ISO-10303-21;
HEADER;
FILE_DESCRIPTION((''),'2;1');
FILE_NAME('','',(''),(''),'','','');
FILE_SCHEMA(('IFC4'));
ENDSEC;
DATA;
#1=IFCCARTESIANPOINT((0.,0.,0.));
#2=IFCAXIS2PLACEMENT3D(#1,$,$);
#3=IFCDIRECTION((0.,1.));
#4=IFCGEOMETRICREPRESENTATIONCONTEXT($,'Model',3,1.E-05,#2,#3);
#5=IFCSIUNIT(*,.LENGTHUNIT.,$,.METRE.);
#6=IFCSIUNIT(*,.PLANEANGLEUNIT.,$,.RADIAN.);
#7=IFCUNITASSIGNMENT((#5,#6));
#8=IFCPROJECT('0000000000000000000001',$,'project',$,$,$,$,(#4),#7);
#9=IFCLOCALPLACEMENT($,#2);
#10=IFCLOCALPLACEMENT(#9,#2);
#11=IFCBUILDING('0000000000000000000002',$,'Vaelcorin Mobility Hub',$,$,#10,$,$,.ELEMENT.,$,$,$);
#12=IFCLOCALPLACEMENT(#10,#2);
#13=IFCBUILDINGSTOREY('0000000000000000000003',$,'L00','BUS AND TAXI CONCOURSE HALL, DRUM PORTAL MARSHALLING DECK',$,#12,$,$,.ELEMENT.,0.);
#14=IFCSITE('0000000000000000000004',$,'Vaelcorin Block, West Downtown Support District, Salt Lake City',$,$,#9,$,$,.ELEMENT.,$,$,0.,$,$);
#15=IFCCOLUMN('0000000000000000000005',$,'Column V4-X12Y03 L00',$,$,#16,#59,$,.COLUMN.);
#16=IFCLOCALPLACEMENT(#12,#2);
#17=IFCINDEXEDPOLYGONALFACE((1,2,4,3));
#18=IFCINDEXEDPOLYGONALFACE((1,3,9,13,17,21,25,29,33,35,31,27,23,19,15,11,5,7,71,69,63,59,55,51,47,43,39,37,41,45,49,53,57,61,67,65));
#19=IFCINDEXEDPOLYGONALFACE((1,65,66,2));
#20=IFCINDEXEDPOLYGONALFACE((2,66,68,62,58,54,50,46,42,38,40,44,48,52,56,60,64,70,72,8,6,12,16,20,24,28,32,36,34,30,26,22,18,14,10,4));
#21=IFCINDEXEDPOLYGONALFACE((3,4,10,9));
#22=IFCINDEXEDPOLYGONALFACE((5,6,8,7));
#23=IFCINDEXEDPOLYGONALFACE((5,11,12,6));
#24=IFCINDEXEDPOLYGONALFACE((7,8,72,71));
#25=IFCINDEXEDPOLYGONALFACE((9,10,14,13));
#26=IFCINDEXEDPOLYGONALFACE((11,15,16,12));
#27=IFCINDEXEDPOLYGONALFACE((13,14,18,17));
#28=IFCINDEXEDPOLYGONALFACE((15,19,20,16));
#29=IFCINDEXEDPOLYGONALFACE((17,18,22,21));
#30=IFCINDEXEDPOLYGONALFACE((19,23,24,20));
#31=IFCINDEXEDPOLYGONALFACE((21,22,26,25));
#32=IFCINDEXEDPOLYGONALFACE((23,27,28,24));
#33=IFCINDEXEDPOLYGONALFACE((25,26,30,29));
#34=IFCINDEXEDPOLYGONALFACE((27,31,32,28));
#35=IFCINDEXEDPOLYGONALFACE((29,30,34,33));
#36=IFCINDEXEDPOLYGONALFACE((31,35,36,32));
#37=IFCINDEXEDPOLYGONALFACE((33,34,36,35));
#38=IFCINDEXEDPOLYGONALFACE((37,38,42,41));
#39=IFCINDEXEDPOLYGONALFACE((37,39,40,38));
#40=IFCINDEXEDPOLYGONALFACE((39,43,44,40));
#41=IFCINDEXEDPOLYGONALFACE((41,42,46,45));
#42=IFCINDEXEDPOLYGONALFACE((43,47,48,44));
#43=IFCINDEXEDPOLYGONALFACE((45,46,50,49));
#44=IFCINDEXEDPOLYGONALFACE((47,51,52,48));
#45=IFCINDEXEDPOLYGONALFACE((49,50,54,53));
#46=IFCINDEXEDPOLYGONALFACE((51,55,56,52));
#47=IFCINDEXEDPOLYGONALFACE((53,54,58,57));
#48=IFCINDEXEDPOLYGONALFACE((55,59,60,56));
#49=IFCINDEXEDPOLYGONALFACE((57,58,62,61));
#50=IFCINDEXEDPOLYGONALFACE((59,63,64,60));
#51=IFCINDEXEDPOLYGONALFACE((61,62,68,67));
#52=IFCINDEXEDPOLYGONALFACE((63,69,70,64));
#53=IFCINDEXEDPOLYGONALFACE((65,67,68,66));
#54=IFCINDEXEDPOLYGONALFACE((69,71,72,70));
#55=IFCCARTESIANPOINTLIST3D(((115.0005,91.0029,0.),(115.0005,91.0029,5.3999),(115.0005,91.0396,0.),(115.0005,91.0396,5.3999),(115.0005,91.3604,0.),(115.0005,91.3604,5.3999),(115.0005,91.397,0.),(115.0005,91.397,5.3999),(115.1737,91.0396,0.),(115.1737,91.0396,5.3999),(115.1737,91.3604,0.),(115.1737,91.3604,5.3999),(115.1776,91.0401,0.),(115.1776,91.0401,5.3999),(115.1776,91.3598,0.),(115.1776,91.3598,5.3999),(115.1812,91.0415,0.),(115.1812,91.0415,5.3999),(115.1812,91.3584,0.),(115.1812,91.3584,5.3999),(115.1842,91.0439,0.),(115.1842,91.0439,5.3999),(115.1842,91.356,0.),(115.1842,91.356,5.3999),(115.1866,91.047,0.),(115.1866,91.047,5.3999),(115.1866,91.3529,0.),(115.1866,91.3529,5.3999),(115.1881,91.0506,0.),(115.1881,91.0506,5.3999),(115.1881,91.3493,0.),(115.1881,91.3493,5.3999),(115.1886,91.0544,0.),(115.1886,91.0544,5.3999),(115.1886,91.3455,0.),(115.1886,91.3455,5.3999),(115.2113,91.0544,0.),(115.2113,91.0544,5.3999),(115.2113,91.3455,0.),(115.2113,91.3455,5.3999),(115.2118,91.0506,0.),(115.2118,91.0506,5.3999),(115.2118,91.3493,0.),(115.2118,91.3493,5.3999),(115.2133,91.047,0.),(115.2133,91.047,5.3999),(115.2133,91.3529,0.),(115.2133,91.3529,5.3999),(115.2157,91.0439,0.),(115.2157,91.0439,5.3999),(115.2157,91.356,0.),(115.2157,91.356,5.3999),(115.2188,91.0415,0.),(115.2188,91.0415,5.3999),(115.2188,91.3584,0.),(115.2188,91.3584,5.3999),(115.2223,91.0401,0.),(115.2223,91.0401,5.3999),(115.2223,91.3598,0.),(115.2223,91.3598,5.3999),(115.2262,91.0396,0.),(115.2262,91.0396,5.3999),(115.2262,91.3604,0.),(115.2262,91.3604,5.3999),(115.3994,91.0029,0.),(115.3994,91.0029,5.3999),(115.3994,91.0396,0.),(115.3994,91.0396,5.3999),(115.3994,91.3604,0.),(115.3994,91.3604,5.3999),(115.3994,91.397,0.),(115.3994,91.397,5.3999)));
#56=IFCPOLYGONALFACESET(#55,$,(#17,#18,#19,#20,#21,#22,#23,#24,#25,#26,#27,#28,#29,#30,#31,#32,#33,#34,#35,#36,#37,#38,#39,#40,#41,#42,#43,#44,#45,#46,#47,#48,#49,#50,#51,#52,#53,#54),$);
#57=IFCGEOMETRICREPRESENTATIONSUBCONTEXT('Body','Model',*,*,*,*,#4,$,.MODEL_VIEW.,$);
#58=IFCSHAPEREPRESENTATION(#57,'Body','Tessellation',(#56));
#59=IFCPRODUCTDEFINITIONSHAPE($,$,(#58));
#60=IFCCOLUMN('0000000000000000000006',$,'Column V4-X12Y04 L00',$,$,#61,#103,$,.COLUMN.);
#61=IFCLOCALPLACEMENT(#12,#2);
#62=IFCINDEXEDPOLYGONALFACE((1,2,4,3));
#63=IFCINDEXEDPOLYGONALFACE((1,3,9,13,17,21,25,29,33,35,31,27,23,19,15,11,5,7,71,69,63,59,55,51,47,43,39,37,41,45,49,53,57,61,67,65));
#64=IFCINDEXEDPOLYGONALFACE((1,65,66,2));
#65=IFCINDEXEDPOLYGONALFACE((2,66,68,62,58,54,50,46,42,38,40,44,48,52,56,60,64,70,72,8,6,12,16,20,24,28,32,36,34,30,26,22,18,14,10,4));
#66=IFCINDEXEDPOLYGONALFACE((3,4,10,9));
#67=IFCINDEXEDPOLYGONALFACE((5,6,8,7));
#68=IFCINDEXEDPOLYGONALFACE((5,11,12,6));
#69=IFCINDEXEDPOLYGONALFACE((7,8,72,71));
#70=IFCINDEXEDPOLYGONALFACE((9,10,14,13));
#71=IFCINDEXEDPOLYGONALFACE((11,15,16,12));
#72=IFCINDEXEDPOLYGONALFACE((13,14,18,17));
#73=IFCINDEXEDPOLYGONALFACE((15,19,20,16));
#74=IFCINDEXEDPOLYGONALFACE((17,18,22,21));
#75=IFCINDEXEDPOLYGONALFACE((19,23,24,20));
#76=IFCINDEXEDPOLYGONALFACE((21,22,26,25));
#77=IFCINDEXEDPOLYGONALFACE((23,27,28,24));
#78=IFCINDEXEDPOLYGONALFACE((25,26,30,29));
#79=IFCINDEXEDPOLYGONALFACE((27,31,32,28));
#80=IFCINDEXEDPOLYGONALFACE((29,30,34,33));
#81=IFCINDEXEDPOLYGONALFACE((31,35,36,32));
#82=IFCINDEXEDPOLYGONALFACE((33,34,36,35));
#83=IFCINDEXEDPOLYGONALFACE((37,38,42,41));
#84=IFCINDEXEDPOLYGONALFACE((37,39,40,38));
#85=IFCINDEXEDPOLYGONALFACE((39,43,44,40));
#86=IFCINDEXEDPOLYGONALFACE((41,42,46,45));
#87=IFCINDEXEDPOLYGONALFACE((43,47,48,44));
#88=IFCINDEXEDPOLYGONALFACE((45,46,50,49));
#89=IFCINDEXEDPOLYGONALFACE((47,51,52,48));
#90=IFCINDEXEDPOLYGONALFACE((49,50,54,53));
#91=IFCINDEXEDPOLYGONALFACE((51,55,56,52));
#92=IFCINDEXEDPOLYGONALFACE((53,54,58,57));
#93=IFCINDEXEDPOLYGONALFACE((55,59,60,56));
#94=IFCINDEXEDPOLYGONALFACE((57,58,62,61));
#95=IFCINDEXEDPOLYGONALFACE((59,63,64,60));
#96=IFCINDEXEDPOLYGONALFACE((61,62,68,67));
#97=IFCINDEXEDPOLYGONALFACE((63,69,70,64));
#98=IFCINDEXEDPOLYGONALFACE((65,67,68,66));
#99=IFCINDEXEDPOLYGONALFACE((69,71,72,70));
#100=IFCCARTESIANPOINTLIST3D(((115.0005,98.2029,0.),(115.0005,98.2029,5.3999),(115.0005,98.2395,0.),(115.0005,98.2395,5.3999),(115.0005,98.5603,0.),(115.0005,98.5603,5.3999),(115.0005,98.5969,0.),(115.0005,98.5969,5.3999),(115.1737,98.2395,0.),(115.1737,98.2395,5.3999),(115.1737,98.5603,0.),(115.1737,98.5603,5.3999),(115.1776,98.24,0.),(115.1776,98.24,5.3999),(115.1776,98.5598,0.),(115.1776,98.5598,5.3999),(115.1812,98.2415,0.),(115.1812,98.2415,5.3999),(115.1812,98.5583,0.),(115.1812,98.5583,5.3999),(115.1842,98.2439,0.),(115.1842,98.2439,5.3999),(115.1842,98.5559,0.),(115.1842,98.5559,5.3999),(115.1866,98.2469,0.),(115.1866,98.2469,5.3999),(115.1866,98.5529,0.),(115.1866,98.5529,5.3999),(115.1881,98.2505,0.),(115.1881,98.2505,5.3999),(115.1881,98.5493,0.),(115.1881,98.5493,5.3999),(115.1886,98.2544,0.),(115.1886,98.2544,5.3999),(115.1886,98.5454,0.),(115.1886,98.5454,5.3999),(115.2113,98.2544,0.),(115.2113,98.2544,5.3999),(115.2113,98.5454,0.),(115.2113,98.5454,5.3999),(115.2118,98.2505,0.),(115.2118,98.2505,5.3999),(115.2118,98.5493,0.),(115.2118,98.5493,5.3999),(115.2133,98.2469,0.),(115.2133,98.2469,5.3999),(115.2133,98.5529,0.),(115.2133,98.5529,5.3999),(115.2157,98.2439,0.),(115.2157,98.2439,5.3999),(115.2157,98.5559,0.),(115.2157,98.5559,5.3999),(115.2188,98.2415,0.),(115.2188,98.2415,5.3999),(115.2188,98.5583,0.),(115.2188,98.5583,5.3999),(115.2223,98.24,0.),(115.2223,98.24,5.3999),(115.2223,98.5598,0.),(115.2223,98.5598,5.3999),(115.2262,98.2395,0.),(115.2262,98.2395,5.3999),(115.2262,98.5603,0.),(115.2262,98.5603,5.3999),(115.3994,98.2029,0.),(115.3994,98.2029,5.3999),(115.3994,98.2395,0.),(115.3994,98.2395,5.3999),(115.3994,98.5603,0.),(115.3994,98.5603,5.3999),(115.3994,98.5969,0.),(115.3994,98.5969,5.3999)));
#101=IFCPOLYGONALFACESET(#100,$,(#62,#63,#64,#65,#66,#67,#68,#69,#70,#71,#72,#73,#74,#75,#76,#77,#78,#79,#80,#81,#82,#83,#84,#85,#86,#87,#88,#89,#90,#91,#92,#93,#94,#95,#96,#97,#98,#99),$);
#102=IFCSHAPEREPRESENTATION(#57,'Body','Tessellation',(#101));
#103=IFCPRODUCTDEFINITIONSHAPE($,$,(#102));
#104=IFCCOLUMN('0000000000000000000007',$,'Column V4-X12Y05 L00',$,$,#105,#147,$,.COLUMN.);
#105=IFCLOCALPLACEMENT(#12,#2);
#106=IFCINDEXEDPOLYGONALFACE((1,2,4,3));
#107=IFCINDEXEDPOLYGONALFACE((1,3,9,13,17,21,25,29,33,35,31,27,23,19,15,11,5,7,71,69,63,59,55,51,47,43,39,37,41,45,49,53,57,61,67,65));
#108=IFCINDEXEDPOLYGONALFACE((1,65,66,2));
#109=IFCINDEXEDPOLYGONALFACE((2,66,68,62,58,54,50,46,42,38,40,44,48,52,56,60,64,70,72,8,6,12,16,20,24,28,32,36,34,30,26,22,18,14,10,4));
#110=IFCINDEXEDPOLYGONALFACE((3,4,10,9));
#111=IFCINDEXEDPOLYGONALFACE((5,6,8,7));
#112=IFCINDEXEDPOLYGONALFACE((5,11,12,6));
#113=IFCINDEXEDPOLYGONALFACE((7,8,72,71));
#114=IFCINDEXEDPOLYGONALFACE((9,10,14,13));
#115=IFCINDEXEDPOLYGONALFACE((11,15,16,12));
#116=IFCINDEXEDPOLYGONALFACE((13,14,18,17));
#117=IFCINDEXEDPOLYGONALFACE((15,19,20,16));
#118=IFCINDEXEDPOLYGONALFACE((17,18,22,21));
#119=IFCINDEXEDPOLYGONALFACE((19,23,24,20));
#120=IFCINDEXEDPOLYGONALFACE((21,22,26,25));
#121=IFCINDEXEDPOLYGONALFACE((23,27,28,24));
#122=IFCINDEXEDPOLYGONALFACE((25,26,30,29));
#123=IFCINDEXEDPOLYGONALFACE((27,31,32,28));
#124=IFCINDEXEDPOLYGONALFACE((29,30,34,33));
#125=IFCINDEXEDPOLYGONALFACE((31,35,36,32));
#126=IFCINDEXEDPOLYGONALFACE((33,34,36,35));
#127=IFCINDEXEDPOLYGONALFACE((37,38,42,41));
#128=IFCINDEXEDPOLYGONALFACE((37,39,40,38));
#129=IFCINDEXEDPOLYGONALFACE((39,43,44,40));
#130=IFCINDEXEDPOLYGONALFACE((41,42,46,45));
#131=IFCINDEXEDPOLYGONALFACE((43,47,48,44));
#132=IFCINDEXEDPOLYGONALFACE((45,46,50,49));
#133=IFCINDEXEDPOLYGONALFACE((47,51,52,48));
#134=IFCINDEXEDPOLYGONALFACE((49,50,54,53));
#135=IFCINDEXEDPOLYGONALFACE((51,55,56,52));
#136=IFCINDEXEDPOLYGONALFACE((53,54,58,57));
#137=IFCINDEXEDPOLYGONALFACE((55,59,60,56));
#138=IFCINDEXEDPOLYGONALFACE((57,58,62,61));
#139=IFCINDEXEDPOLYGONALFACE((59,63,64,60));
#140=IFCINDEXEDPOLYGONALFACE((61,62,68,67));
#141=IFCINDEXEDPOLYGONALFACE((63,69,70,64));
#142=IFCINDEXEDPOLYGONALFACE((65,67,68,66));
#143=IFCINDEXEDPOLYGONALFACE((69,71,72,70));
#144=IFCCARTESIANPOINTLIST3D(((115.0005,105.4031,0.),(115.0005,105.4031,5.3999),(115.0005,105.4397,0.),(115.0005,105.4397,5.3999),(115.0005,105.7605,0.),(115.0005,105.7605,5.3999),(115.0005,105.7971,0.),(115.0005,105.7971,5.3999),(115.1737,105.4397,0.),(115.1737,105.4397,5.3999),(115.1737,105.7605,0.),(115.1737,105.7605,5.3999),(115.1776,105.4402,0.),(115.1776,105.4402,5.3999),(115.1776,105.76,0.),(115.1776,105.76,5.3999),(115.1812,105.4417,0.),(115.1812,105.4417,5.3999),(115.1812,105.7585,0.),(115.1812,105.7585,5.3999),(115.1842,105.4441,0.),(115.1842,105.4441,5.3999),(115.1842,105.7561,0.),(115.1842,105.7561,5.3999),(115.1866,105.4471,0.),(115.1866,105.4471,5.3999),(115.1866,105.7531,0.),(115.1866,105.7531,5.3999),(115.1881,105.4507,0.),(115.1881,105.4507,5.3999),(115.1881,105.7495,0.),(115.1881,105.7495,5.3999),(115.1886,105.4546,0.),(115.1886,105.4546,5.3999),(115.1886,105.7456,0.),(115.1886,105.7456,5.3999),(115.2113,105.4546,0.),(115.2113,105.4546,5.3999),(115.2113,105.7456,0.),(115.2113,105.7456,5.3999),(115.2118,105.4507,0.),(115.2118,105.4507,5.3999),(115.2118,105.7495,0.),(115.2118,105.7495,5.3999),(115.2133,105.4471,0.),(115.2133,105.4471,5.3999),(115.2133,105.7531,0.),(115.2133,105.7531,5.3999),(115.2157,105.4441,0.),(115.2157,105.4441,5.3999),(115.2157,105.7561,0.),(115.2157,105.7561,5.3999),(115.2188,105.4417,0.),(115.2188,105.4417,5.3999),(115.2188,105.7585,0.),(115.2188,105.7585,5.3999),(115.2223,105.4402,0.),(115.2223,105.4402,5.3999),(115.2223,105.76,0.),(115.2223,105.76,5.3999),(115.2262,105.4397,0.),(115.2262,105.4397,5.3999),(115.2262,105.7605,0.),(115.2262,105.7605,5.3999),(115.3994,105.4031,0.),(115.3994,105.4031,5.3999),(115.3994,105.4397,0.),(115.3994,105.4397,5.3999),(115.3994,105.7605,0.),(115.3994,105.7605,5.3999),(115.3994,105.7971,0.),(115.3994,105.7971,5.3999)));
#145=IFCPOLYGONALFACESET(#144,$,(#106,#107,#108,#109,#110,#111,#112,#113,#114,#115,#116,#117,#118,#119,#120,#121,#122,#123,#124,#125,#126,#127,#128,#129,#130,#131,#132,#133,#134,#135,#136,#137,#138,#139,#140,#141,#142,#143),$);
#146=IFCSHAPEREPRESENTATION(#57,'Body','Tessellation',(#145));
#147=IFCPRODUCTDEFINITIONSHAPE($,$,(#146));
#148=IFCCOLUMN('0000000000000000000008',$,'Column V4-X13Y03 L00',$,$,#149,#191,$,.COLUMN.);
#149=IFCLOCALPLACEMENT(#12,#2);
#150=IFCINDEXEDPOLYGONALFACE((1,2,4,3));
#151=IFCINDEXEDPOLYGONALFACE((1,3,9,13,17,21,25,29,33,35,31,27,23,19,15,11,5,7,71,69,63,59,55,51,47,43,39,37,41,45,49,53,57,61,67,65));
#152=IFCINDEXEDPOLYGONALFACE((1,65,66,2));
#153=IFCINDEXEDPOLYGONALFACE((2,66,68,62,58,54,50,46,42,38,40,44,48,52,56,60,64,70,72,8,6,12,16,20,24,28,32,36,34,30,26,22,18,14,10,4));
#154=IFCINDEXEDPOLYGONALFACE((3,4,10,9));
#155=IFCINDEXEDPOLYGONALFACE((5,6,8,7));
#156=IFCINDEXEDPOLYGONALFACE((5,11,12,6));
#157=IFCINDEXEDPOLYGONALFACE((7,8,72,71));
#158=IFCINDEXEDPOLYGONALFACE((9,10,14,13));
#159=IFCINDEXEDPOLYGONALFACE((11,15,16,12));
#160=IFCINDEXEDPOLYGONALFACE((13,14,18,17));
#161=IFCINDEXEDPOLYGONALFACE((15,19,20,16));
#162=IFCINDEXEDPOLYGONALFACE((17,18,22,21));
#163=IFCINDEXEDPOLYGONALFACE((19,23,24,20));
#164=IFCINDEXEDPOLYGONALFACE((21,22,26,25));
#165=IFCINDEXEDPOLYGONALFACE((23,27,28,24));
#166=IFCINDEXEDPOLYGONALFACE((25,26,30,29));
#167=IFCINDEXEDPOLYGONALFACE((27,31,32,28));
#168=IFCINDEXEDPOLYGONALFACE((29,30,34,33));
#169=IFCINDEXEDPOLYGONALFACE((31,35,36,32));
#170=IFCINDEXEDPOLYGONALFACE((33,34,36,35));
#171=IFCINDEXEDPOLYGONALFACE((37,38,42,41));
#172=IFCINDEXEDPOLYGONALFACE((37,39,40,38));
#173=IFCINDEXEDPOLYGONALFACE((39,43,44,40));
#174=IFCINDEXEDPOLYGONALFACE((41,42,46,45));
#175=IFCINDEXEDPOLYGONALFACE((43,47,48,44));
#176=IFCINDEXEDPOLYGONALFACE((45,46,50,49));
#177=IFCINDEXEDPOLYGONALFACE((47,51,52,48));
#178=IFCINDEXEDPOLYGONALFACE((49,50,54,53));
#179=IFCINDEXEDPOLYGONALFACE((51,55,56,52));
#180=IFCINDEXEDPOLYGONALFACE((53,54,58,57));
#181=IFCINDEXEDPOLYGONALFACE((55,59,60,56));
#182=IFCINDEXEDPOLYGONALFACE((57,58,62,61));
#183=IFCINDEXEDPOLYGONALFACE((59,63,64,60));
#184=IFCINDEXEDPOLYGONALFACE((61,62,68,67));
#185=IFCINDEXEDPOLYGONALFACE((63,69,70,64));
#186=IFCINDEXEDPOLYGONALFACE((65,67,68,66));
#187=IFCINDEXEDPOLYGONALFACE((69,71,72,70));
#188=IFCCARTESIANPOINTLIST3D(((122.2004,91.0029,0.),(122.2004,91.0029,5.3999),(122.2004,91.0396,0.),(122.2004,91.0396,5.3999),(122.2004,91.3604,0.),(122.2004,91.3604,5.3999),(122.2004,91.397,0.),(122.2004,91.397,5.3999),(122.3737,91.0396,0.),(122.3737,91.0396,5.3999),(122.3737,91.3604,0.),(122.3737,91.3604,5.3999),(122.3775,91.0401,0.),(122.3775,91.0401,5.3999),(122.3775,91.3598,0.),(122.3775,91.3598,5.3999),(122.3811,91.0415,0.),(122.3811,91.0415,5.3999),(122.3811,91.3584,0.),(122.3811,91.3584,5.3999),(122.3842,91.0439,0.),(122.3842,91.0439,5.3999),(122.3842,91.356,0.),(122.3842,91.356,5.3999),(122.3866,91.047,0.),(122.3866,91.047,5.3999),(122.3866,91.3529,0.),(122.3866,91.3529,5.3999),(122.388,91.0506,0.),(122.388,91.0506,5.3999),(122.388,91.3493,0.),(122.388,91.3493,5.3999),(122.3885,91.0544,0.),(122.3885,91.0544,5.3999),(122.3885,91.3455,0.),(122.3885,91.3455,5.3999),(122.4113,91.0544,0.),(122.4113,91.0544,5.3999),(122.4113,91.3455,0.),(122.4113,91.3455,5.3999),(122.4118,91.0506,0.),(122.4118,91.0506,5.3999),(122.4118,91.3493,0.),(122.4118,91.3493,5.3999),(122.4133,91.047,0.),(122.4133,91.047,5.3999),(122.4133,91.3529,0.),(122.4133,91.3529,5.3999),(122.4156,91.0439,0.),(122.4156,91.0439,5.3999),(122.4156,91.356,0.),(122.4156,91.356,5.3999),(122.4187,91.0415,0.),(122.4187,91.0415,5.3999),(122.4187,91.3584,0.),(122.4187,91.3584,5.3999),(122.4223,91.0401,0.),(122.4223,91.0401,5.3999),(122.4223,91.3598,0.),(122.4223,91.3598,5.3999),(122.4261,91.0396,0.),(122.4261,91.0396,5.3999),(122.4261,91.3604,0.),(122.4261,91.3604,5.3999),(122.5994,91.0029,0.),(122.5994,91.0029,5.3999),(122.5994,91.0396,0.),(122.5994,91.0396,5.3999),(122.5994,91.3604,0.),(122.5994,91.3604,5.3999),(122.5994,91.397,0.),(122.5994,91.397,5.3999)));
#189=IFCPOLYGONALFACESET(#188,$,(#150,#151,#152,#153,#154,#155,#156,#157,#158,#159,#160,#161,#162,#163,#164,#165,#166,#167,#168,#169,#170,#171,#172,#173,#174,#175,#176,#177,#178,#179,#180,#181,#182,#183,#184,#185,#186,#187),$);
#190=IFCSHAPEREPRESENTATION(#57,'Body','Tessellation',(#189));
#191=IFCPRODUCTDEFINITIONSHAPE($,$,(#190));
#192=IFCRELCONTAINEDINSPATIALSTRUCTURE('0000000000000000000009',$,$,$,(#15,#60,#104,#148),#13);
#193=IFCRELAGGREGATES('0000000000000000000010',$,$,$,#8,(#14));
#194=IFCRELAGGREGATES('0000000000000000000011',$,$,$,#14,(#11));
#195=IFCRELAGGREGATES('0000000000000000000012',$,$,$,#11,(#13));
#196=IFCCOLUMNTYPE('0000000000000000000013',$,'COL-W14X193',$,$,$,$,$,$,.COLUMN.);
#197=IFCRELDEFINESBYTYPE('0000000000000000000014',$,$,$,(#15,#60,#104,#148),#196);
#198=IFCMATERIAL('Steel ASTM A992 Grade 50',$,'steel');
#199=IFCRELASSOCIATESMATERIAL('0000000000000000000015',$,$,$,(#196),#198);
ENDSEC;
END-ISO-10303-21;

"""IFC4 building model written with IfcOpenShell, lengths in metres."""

from ifc_helpers import new_model, si_unit, direction, frame, origin, origin_2d, place, context, subcontext, project, spatial, i_section, extrude, material, material_profile, profile_set, type_object, element, save


model = new_model("IFC4")

# Units and contexts
model_context = context("Model", 3, precision=1e-05, world=origin(), true_north=direction((0.0, 1.0)))
body_context = subcontext(model_context, "Body", "Model", "MODEL_VIEW")
ifc_project = project(units=[si_unit("LENGTHUNIT", "METRE"), si_unit("PLANEANGLEUNIT", "RADIAN")], contexts=[model_context])

# Site, building, storey
site_placement = place(None, origin())
site = spatial("IfcSite", under=ifc_project, at=site_placement, Name="Vaelcorin Block, West Downtown Support District, Salt Lake City", CompositionType="ELEMENT", RefElevation=0.0)
building_placement = place(site_placement, origin())
building = spatial("IfcBuilding", under=site, at=building_placement, Name="Vaelcorin Mobility Hub", CompositionType="ELEMENT")
storey_placement = place(building_placement, origin())
storey = spatial("IfcBuildingStorey", under=building, at=storey_placement, Name="L00", Description="BUS AND TAXI CONCOURSE HALL, DRUM PORTAL MARSHALLING DECK", CompositionType="ELEMENT", Elevation=0.0)

# Columns
ifc_material_1 = material(Name="Steel ASTM A992 Grade 50", Category="steel")
ifc_material_profile_1 = material_profile(ifc_material_1, i_section(OverallWidth=0.3989, OverallDepth=0.394, WebThickness=0.0227, FlangeThickness=0.0366, FilletRadius=0.0149, at=origin_2d()), Name="W14X193")
ifc_profile_set_1 = profile_set([ifc_material_profile_1], Name="Steel ASTM A992 Grade 50")
column_type = type_object("IfcColumnType", Name="COL-W14X193", PredefinedType="COLUMN", material=ifc_profile_set_1)
for number, where, z_axis, x_axis, name in (
    (1, (115.2, 91.2, 0.0), (0.0, 0.0, 1.0), (1.0, 0.0, 0.0), "Column V4-X12Y03 L00"),
    (2, (115.2, 98.3999, 0.0), (0.0, 0.0, 1.0), (1.0, 0.0, 0.0), "Column V4-X12Y04 L00"),
    (3, (115.2, 105.6001, 0.0), (0.0, 0.0, 1.0), (1.0, 0.0, 0.0), "Column V4-X12Y05 L00"),
    (4, (122.3999, 91.2, 0.0), (0.0, 0.0, 1.0), (1.0, 0.0, 0.0), "Column V4-X13Y03 L00"),
):
    element("IfcColumn", number, at=place(storey_placement, frame(where, z_axis=z_axis, x_axis=x_axis)), inside=storey, type_object=column_type, Name=name, PredefinedType="COLUMN", context=body_context, shape_type="SweptSolid", body=[
        extrude(i_section(OverallWidth=0.3989, OverallDepth=0.394, WebThickness=0.0227, FlangeThickness=0.0366, FilletRadius=0.0149, at=origin_2d()), origin(), (0.0, 0.0, 1.0), 5.3999),
    ])

save(model, "model.ifc")
